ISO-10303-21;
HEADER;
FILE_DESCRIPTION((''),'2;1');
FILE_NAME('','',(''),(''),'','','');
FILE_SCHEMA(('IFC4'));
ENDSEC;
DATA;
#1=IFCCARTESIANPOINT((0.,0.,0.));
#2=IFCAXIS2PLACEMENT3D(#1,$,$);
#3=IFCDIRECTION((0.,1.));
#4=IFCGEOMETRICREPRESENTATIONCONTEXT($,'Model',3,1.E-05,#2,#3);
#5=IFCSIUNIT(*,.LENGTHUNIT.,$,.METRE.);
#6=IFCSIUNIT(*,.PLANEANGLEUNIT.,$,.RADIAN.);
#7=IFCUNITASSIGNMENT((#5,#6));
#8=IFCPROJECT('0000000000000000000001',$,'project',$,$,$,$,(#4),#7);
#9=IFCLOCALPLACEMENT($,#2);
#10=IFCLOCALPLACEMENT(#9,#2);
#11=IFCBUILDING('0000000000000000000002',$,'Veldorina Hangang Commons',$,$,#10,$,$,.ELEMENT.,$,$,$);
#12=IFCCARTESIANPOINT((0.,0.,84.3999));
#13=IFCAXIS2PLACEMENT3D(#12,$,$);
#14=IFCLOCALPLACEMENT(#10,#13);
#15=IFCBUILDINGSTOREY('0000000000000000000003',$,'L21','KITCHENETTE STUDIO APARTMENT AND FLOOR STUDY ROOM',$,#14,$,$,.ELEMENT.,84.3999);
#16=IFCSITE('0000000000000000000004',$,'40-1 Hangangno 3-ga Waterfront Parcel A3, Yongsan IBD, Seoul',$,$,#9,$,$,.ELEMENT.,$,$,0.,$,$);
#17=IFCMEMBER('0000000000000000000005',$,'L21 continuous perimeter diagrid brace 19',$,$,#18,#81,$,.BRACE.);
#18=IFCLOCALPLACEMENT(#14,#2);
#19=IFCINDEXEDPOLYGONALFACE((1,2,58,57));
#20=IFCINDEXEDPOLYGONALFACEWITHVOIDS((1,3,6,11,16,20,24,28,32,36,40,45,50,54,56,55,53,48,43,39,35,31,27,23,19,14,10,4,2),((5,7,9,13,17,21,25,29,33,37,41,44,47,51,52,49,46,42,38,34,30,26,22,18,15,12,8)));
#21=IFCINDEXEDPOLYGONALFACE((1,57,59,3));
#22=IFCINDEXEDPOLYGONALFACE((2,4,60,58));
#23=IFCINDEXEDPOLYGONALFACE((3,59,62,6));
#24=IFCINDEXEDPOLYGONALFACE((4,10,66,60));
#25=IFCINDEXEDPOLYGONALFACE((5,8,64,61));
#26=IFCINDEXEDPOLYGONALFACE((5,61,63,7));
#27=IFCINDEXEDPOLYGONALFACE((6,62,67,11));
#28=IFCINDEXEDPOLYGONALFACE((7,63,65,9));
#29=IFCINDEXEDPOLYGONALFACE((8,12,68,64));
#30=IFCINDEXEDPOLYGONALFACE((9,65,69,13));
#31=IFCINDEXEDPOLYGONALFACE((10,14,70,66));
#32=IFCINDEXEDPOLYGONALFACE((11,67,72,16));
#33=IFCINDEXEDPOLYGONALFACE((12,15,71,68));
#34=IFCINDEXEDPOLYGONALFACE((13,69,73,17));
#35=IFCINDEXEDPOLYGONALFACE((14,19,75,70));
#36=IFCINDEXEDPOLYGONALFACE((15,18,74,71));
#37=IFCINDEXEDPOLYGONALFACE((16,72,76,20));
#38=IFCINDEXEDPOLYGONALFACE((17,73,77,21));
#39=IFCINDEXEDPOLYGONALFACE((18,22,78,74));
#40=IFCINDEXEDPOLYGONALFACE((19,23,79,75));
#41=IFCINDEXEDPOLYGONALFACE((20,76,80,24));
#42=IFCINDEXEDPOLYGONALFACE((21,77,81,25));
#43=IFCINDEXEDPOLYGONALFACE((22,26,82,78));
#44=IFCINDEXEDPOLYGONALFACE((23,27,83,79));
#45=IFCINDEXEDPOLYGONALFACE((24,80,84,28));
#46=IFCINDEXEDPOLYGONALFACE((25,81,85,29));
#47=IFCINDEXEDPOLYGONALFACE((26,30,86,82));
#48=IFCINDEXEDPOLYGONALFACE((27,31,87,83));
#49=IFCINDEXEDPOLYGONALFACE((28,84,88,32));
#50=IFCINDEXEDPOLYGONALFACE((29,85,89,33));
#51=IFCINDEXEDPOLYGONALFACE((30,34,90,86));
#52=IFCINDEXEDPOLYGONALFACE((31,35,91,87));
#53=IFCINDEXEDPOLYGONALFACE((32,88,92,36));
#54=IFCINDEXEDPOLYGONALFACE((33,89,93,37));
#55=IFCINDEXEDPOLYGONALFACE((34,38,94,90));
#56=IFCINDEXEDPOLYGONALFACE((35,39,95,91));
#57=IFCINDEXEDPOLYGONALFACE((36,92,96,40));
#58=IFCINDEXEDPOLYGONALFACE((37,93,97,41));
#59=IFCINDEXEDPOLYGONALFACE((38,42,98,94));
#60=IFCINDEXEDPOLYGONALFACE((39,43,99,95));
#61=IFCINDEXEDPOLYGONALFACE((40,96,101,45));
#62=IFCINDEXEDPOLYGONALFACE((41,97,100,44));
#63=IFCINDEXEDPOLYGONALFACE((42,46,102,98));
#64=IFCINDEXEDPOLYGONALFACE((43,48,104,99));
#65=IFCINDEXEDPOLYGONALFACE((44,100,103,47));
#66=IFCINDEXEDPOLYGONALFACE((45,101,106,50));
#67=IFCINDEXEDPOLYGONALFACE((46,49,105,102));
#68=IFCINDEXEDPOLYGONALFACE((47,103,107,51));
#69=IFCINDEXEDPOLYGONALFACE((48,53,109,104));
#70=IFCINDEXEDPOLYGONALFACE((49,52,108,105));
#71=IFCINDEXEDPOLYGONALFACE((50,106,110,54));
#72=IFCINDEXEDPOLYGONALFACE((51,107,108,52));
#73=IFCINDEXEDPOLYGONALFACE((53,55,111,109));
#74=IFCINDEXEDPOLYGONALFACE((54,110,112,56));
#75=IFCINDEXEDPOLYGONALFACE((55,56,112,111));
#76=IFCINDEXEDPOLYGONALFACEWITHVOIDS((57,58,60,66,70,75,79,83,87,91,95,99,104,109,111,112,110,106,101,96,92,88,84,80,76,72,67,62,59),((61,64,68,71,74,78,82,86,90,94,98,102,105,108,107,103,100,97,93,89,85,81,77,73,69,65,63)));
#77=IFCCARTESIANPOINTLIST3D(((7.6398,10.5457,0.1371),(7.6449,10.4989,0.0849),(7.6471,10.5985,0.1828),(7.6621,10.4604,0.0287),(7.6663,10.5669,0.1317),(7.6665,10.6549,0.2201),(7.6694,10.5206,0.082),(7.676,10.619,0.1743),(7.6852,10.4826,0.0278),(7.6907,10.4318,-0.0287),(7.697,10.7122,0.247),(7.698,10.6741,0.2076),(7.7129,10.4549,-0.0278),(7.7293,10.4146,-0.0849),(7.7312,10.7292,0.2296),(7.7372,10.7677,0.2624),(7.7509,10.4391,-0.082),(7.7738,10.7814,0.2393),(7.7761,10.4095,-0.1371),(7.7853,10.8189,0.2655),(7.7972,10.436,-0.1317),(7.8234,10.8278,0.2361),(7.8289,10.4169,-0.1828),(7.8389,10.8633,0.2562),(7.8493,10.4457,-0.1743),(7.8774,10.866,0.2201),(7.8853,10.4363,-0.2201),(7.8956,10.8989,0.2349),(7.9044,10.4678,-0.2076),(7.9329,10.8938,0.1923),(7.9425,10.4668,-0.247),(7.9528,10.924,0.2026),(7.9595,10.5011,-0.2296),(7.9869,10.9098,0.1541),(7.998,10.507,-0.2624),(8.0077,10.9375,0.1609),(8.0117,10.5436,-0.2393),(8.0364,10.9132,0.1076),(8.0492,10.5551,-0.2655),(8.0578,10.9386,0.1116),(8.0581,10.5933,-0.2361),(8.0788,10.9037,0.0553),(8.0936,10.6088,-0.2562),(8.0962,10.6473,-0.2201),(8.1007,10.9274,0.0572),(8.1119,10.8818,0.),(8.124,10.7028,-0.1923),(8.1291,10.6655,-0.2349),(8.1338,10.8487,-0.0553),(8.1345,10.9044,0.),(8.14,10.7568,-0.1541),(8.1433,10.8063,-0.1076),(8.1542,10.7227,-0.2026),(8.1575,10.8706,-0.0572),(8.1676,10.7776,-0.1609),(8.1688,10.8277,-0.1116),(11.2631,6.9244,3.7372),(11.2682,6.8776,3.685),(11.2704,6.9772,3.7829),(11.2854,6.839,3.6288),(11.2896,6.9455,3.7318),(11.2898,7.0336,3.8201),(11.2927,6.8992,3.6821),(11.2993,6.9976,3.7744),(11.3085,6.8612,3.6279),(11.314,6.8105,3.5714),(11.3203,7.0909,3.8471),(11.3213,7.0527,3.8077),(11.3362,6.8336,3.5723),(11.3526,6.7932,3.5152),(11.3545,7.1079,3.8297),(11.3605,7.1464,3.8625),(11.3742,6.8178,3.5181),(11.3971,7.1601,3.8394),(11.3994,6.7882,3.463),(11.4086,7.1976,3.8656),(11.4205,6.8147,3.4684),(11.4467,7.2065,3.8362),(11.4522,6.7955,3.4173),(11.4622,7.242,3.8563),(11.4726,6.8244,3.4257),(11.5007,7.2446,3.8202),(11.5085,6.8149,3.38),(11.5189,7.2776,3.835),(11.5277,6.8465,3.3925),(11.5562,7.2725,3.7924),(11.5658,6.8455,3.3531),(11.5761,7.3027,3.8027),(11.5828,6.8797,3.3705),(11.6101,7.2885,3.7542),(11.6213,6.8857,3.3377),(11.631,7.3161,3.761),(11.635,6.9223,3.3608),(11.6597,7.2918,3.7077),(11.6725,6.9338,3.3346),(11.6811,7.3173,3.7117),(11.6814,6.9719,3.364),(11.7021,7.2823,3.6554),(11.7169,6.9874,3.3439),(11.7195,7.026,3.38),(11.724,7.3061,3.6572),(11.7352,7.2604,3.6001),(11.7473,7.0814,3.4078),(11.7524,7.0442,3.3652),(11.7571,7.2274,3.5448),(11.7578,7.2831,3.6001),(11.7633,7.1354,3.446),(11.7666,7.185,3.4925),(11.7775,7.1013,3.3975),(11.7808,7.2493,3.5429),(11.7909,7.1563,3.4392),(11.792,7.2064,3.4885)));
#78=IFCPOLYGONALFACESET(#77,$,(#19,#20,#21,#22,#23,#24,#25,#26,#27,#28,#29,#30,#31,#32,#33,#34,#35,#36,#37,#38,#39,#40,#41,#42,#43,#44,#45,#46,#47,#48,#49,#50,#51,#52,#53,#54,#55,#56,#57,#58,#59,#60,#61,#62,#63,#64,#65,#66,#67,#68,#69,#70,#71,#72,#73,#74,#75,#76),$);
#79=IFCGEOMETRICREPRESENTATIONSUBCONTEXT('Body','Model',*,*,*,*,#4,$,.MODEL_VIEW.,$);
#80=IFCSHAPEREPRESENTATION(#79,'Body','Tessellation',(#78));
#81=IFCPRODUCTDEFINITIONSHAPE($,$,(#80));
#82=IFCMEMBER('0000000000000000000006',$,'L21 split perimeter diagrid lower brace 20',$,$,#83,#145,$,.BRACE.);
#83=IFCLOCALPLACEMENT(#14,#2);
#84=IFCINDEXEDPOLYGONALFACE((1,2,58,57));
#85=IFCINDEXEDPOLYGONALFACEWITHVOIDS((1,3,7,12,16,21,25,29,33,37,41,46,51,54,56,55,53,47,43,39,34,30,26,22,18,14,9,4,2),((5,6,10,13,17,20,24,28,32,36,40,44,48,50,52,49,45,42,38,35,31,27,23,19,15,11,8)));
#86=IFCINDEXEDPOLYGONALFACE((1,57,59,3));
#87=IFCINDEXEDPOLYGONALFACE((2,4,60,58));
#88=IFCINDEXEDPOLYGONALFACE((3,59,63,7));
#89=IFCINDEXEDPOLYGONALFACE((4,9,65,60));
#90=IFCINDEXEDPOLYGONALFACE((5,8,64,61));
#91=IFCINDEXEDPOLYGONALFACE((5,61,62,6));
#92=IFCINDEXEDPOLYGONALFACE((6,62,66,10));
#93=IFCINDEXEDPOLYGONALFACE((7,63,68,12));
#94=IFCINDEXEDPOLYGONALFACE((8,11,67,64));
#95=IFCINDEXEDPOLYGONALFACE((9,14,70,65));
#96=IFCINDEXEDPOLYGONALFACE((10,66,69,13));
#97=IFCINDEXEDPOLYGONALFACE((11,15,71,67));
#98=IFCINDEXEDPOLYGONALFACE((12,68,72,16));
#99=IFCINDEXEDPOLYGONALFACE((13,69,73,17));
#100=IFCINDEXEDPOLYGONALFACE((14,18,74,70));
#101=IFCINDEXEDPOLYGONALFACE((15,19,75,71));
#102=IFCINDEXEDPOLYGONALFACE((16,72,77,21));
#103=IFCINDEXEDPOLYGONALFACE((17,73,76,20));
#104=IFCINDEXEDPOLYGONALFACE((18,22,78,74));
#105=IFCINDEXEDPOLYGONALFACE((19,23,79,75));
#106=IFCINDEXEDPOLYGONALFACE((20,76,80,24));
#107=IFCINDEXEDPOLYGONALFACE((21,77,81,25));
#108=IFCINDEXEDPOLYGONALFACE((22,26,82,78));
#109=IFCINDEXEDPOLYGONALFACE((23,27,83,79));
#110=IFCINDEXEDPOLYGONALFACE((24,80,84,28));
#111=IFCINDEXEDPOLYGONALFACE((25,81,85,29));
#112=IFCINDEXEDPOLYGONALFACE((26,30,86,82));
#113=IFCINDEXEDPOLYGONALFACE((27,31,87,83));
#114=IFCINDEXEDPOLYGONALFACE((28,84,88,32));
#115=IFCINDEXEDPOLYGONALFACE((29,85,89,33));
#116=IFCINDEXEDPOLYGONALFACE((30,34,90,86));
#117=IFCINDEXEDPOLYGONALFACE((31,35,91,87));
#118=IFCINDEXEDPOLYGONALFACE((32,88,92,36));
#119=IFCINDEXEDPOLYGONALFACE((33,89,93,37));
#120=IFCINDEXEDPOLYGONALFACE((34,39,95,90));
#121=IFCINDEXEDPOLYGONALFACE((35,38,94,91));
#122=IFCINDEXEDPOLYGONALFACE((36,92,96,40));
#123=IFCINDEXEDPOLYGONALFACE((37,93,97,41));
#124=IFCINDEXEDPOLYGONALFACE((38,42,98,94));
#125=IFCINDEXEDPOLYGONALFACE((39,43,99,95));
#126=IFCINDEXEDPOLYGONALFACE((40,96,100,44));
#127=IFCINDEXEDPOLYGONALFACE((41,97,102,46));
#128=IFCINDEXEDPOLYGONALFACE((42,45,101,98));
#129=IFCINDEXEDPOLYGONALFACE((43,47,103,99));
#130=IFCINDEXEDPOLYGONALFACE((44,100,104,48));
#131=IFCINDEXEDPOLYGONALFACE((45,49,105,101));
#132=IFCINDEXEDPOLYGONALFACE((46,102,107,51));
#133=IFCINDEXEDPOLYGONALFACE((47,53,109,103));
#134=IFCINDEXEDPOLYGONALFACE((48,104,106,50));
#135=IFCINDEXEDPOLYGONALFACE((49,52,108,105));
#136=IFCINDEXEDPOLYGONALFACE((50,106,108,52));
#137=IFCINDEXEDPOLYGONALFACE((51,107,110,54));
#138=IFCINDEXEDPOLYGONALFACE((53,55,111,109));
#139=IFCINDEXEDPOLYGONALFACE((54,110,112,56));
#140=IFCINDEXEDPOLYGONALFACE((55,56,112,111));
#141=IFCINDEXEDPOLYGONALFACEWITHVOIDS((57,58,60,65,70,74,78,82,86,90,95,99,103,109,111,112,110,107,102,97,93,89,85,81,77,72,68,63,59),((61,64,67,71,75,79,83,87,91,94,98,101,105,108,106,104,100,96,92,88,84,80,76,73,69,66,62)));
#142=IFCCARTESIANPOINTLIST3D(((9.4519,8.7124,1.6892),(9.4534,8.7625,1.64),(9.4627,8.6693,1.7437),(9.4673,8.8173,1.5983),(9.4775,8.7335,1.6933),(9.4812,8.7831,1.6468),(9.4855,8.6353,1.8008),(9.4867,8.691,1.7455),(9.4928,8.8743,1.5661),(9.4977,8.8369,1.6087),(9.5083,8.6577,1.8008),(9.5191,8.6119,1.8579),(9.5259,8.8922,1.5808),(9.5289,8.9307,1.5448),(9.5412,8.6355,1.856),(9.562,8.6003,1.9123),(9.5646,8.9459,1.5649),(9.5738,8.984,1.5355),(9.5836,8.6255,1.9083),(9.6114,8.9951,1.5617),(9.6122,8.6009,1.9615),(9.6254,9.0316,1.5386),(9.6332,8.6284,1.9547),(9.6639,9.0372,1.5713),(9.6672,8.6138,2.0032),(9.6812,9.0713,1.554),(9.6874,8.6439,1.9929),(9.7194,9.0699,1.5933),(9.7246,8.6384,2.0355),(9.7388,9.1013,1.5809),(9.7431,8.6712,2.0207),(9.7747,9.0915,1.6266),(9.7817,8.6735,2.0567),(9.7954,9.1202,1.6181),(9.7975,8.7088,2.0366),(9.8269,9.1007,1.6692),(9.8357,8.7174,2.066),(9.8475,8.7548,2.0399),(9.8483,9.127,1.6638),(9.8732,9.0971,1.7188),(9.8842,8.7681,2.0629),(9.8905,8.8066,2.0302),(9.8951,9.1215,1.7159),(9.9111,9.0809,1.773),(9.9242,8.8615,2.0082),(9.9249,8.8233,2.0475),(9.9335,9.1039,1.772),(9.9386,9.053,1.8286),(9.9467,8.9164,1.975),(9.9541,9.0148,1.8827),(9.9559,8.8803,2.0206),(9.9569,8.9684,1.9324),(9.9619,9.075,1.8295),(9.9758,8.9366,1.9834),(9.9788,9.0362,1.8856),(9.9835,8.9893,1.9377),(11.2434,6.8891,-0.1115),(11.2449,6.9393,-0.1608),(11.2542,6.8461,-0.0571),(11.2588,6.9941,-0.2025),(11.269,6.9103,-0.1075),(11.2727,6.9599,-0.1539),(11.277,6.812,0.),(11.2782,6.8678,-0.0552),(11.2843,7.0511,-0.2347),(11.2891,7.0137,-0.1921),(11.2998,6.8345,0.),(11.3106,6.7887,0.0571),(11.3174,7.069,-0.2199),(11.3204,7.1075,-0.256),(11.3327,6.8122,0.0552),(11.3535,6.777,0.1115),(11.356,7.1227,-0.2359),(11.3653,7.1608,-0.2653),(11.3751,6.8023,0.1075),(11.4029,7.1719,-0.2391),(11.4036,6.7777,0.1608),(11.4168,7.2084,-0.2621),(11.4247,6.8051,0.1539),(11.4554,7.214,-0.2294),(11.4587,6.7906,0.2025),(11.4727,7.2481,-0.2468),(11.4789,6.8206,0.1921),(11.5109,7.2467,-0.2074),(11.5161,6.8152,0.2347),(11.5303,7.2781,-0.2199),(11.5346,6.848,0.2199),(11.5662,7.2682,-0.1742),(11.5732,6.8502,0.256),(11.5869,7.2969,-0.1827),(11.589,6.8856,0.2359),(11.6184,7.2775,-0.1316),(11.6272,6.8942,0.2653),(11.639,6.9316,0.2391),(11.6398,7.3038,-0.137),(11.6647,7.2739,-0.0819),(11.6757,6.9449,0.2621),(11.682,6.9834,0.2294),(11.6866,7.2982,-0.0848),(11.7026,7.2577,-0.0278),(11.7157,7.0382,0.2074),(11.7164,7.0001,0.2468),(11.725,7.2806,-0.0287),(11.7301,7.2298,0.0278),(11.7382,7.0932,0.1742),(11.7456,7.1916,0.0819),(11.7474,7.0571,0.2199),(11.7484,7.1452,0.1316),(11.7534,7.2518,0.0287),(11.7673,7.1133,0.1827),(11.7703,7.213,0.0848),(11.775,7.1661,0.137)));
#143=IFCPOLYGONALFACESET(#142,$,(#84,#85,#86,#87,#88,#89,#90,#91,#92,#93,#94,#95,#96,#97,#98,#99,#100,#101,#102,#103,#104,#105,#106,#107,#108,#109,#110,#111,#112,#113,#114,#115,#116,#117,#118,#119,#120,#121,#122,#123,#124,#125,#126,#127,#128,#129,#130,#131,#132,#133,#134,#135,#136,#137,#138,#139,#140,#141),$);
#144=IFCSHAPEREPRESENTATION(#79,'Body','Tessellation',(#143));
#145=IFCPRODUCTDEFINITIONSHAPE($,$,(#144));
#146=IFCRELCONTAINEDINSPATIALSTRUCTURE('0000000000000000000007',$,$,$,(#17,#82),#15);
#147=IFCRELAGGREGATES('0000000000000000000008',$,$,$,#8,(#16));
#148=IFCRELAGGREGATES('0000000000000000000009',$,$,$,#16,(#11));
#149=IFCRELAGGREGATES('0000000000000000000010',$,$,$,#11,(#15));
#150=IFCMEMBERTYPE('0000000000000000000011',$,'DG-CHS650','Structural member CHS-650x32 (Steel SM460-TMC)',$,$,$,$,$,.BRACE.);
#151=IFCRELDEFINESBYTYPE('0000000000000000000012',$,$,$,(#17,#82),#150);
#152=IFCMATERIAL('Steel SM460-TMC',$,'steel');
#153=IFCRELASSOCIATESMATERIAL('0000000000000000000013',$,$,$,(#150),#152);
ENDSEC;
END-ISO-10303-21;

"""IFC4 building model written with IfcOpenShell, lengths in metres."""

from ifc_helpers import new_model, si_unit, direction, frame, origin, origin_2d, place, context, subcontext, project, spatial, hollow_circle, extrude, material, material_profile, profile_set, type_object, element, save


model = new_model("IFC4")

# Units and contexts
model_context = context("Model", 3, precision=1e-05, world=origin(), true_north=direction((0.0, 1.0)))
body_context = subcontext(model_context, "Body", "Model", "MODEL_VIEW")
ifc_project = project(units=[si_unit("LENGTHUNIT", "METRE"), si_unit("PLANEANGLEUNIT", "RADIAN")], contexts=[model_context])

# Site, building, storey
site_placement = place(None, origin())
site = spatial("IfcSite", under=ifc_project, at=site_placement, Name="40-1 Hangangno 3-ga Waterfront Parcel A3, Yongsan IBD, Seoul", CompositionType="ELEMENT", RefElevation=0.0)
building_placement = place(site_placement, origin())
building = spatial("IfcBuilding", under=site, at=building_placement, Name="Veldorina Hangang Commons", CompositionType="ELEMENT")
storey_placement = place(building_placement, frame((0.0, 0.0, 84.3999)))
storey = spatial("IfcBuildingStorey", under=building, at=storey_placement, Name="L21", Description="KITCHENETTE STUDIO APARTMENT AND FLOOR STUDY ROOM", CompositionType="ELEMENT", Elevation=84.3999)

# Members
ifc_material_1 = material(Name="Steel SM460-TMC", Category="steel")
ifc_material_profile_1 = material_profile(ifc_material_1, hollow_circle(Radius=0.325, WallThickness=0.032, at=origin_2d()), Name="CHS-650x32")
ifc_profile_set_1 = profile_set([ifc_material_profile_1], Name="Steel SM460-TMC")
member_type = type_object("IfcMemberType", Name="DG-CHS650", Description="Structural member CHS-650x32 (Steel SM460-TMC)", PredefinedType="BRACE", material=ifc_profile_set_1)
member_1_placement = place(storey_placement, frame((7.9048, 10.6746, 0.0), z_axis=(0.578687, -0.578375, 0.574982), x_axis=(0.706916, 0.707297, 0.0)))
element("IfcMember", 1, at=member_1_placement, inside=storey, type_object=member_type, Name="L21 continuous perimeter diagrid brace 19", PredefinedType="BRACE", context=body_context, shape_type="SweptSolid", body=[
    extrude(hollow_circle(Radius=0.325, WallThickness=0.032, at=origin_2d()), origin(), (0.0, 0.0, 1.0), 6.2612),
])
member_2_placement = place(storey_placement, frame((11.5088, 7.0398, 0.0), z_axis=(-0.572962, 0.583113, 0.575929), x_axis=(-0.713288, -0.700871, 0.0)))
element("IfcMember", 2, at=member_2_placement, inside=storey, type_object=member_type, Name="L21 split perimeter diagrid lower brace 20", PredefinedType="BRACE", context=body_context, shape_type="SweptSolid", body=[
    extrude(hollow_circle(Radius=0.325, WallThickness=0.032, at=origin_2d()), origin(), (0.0, 0.0, 1.0), 3.1267),
])

save(model, "model.ifc")
